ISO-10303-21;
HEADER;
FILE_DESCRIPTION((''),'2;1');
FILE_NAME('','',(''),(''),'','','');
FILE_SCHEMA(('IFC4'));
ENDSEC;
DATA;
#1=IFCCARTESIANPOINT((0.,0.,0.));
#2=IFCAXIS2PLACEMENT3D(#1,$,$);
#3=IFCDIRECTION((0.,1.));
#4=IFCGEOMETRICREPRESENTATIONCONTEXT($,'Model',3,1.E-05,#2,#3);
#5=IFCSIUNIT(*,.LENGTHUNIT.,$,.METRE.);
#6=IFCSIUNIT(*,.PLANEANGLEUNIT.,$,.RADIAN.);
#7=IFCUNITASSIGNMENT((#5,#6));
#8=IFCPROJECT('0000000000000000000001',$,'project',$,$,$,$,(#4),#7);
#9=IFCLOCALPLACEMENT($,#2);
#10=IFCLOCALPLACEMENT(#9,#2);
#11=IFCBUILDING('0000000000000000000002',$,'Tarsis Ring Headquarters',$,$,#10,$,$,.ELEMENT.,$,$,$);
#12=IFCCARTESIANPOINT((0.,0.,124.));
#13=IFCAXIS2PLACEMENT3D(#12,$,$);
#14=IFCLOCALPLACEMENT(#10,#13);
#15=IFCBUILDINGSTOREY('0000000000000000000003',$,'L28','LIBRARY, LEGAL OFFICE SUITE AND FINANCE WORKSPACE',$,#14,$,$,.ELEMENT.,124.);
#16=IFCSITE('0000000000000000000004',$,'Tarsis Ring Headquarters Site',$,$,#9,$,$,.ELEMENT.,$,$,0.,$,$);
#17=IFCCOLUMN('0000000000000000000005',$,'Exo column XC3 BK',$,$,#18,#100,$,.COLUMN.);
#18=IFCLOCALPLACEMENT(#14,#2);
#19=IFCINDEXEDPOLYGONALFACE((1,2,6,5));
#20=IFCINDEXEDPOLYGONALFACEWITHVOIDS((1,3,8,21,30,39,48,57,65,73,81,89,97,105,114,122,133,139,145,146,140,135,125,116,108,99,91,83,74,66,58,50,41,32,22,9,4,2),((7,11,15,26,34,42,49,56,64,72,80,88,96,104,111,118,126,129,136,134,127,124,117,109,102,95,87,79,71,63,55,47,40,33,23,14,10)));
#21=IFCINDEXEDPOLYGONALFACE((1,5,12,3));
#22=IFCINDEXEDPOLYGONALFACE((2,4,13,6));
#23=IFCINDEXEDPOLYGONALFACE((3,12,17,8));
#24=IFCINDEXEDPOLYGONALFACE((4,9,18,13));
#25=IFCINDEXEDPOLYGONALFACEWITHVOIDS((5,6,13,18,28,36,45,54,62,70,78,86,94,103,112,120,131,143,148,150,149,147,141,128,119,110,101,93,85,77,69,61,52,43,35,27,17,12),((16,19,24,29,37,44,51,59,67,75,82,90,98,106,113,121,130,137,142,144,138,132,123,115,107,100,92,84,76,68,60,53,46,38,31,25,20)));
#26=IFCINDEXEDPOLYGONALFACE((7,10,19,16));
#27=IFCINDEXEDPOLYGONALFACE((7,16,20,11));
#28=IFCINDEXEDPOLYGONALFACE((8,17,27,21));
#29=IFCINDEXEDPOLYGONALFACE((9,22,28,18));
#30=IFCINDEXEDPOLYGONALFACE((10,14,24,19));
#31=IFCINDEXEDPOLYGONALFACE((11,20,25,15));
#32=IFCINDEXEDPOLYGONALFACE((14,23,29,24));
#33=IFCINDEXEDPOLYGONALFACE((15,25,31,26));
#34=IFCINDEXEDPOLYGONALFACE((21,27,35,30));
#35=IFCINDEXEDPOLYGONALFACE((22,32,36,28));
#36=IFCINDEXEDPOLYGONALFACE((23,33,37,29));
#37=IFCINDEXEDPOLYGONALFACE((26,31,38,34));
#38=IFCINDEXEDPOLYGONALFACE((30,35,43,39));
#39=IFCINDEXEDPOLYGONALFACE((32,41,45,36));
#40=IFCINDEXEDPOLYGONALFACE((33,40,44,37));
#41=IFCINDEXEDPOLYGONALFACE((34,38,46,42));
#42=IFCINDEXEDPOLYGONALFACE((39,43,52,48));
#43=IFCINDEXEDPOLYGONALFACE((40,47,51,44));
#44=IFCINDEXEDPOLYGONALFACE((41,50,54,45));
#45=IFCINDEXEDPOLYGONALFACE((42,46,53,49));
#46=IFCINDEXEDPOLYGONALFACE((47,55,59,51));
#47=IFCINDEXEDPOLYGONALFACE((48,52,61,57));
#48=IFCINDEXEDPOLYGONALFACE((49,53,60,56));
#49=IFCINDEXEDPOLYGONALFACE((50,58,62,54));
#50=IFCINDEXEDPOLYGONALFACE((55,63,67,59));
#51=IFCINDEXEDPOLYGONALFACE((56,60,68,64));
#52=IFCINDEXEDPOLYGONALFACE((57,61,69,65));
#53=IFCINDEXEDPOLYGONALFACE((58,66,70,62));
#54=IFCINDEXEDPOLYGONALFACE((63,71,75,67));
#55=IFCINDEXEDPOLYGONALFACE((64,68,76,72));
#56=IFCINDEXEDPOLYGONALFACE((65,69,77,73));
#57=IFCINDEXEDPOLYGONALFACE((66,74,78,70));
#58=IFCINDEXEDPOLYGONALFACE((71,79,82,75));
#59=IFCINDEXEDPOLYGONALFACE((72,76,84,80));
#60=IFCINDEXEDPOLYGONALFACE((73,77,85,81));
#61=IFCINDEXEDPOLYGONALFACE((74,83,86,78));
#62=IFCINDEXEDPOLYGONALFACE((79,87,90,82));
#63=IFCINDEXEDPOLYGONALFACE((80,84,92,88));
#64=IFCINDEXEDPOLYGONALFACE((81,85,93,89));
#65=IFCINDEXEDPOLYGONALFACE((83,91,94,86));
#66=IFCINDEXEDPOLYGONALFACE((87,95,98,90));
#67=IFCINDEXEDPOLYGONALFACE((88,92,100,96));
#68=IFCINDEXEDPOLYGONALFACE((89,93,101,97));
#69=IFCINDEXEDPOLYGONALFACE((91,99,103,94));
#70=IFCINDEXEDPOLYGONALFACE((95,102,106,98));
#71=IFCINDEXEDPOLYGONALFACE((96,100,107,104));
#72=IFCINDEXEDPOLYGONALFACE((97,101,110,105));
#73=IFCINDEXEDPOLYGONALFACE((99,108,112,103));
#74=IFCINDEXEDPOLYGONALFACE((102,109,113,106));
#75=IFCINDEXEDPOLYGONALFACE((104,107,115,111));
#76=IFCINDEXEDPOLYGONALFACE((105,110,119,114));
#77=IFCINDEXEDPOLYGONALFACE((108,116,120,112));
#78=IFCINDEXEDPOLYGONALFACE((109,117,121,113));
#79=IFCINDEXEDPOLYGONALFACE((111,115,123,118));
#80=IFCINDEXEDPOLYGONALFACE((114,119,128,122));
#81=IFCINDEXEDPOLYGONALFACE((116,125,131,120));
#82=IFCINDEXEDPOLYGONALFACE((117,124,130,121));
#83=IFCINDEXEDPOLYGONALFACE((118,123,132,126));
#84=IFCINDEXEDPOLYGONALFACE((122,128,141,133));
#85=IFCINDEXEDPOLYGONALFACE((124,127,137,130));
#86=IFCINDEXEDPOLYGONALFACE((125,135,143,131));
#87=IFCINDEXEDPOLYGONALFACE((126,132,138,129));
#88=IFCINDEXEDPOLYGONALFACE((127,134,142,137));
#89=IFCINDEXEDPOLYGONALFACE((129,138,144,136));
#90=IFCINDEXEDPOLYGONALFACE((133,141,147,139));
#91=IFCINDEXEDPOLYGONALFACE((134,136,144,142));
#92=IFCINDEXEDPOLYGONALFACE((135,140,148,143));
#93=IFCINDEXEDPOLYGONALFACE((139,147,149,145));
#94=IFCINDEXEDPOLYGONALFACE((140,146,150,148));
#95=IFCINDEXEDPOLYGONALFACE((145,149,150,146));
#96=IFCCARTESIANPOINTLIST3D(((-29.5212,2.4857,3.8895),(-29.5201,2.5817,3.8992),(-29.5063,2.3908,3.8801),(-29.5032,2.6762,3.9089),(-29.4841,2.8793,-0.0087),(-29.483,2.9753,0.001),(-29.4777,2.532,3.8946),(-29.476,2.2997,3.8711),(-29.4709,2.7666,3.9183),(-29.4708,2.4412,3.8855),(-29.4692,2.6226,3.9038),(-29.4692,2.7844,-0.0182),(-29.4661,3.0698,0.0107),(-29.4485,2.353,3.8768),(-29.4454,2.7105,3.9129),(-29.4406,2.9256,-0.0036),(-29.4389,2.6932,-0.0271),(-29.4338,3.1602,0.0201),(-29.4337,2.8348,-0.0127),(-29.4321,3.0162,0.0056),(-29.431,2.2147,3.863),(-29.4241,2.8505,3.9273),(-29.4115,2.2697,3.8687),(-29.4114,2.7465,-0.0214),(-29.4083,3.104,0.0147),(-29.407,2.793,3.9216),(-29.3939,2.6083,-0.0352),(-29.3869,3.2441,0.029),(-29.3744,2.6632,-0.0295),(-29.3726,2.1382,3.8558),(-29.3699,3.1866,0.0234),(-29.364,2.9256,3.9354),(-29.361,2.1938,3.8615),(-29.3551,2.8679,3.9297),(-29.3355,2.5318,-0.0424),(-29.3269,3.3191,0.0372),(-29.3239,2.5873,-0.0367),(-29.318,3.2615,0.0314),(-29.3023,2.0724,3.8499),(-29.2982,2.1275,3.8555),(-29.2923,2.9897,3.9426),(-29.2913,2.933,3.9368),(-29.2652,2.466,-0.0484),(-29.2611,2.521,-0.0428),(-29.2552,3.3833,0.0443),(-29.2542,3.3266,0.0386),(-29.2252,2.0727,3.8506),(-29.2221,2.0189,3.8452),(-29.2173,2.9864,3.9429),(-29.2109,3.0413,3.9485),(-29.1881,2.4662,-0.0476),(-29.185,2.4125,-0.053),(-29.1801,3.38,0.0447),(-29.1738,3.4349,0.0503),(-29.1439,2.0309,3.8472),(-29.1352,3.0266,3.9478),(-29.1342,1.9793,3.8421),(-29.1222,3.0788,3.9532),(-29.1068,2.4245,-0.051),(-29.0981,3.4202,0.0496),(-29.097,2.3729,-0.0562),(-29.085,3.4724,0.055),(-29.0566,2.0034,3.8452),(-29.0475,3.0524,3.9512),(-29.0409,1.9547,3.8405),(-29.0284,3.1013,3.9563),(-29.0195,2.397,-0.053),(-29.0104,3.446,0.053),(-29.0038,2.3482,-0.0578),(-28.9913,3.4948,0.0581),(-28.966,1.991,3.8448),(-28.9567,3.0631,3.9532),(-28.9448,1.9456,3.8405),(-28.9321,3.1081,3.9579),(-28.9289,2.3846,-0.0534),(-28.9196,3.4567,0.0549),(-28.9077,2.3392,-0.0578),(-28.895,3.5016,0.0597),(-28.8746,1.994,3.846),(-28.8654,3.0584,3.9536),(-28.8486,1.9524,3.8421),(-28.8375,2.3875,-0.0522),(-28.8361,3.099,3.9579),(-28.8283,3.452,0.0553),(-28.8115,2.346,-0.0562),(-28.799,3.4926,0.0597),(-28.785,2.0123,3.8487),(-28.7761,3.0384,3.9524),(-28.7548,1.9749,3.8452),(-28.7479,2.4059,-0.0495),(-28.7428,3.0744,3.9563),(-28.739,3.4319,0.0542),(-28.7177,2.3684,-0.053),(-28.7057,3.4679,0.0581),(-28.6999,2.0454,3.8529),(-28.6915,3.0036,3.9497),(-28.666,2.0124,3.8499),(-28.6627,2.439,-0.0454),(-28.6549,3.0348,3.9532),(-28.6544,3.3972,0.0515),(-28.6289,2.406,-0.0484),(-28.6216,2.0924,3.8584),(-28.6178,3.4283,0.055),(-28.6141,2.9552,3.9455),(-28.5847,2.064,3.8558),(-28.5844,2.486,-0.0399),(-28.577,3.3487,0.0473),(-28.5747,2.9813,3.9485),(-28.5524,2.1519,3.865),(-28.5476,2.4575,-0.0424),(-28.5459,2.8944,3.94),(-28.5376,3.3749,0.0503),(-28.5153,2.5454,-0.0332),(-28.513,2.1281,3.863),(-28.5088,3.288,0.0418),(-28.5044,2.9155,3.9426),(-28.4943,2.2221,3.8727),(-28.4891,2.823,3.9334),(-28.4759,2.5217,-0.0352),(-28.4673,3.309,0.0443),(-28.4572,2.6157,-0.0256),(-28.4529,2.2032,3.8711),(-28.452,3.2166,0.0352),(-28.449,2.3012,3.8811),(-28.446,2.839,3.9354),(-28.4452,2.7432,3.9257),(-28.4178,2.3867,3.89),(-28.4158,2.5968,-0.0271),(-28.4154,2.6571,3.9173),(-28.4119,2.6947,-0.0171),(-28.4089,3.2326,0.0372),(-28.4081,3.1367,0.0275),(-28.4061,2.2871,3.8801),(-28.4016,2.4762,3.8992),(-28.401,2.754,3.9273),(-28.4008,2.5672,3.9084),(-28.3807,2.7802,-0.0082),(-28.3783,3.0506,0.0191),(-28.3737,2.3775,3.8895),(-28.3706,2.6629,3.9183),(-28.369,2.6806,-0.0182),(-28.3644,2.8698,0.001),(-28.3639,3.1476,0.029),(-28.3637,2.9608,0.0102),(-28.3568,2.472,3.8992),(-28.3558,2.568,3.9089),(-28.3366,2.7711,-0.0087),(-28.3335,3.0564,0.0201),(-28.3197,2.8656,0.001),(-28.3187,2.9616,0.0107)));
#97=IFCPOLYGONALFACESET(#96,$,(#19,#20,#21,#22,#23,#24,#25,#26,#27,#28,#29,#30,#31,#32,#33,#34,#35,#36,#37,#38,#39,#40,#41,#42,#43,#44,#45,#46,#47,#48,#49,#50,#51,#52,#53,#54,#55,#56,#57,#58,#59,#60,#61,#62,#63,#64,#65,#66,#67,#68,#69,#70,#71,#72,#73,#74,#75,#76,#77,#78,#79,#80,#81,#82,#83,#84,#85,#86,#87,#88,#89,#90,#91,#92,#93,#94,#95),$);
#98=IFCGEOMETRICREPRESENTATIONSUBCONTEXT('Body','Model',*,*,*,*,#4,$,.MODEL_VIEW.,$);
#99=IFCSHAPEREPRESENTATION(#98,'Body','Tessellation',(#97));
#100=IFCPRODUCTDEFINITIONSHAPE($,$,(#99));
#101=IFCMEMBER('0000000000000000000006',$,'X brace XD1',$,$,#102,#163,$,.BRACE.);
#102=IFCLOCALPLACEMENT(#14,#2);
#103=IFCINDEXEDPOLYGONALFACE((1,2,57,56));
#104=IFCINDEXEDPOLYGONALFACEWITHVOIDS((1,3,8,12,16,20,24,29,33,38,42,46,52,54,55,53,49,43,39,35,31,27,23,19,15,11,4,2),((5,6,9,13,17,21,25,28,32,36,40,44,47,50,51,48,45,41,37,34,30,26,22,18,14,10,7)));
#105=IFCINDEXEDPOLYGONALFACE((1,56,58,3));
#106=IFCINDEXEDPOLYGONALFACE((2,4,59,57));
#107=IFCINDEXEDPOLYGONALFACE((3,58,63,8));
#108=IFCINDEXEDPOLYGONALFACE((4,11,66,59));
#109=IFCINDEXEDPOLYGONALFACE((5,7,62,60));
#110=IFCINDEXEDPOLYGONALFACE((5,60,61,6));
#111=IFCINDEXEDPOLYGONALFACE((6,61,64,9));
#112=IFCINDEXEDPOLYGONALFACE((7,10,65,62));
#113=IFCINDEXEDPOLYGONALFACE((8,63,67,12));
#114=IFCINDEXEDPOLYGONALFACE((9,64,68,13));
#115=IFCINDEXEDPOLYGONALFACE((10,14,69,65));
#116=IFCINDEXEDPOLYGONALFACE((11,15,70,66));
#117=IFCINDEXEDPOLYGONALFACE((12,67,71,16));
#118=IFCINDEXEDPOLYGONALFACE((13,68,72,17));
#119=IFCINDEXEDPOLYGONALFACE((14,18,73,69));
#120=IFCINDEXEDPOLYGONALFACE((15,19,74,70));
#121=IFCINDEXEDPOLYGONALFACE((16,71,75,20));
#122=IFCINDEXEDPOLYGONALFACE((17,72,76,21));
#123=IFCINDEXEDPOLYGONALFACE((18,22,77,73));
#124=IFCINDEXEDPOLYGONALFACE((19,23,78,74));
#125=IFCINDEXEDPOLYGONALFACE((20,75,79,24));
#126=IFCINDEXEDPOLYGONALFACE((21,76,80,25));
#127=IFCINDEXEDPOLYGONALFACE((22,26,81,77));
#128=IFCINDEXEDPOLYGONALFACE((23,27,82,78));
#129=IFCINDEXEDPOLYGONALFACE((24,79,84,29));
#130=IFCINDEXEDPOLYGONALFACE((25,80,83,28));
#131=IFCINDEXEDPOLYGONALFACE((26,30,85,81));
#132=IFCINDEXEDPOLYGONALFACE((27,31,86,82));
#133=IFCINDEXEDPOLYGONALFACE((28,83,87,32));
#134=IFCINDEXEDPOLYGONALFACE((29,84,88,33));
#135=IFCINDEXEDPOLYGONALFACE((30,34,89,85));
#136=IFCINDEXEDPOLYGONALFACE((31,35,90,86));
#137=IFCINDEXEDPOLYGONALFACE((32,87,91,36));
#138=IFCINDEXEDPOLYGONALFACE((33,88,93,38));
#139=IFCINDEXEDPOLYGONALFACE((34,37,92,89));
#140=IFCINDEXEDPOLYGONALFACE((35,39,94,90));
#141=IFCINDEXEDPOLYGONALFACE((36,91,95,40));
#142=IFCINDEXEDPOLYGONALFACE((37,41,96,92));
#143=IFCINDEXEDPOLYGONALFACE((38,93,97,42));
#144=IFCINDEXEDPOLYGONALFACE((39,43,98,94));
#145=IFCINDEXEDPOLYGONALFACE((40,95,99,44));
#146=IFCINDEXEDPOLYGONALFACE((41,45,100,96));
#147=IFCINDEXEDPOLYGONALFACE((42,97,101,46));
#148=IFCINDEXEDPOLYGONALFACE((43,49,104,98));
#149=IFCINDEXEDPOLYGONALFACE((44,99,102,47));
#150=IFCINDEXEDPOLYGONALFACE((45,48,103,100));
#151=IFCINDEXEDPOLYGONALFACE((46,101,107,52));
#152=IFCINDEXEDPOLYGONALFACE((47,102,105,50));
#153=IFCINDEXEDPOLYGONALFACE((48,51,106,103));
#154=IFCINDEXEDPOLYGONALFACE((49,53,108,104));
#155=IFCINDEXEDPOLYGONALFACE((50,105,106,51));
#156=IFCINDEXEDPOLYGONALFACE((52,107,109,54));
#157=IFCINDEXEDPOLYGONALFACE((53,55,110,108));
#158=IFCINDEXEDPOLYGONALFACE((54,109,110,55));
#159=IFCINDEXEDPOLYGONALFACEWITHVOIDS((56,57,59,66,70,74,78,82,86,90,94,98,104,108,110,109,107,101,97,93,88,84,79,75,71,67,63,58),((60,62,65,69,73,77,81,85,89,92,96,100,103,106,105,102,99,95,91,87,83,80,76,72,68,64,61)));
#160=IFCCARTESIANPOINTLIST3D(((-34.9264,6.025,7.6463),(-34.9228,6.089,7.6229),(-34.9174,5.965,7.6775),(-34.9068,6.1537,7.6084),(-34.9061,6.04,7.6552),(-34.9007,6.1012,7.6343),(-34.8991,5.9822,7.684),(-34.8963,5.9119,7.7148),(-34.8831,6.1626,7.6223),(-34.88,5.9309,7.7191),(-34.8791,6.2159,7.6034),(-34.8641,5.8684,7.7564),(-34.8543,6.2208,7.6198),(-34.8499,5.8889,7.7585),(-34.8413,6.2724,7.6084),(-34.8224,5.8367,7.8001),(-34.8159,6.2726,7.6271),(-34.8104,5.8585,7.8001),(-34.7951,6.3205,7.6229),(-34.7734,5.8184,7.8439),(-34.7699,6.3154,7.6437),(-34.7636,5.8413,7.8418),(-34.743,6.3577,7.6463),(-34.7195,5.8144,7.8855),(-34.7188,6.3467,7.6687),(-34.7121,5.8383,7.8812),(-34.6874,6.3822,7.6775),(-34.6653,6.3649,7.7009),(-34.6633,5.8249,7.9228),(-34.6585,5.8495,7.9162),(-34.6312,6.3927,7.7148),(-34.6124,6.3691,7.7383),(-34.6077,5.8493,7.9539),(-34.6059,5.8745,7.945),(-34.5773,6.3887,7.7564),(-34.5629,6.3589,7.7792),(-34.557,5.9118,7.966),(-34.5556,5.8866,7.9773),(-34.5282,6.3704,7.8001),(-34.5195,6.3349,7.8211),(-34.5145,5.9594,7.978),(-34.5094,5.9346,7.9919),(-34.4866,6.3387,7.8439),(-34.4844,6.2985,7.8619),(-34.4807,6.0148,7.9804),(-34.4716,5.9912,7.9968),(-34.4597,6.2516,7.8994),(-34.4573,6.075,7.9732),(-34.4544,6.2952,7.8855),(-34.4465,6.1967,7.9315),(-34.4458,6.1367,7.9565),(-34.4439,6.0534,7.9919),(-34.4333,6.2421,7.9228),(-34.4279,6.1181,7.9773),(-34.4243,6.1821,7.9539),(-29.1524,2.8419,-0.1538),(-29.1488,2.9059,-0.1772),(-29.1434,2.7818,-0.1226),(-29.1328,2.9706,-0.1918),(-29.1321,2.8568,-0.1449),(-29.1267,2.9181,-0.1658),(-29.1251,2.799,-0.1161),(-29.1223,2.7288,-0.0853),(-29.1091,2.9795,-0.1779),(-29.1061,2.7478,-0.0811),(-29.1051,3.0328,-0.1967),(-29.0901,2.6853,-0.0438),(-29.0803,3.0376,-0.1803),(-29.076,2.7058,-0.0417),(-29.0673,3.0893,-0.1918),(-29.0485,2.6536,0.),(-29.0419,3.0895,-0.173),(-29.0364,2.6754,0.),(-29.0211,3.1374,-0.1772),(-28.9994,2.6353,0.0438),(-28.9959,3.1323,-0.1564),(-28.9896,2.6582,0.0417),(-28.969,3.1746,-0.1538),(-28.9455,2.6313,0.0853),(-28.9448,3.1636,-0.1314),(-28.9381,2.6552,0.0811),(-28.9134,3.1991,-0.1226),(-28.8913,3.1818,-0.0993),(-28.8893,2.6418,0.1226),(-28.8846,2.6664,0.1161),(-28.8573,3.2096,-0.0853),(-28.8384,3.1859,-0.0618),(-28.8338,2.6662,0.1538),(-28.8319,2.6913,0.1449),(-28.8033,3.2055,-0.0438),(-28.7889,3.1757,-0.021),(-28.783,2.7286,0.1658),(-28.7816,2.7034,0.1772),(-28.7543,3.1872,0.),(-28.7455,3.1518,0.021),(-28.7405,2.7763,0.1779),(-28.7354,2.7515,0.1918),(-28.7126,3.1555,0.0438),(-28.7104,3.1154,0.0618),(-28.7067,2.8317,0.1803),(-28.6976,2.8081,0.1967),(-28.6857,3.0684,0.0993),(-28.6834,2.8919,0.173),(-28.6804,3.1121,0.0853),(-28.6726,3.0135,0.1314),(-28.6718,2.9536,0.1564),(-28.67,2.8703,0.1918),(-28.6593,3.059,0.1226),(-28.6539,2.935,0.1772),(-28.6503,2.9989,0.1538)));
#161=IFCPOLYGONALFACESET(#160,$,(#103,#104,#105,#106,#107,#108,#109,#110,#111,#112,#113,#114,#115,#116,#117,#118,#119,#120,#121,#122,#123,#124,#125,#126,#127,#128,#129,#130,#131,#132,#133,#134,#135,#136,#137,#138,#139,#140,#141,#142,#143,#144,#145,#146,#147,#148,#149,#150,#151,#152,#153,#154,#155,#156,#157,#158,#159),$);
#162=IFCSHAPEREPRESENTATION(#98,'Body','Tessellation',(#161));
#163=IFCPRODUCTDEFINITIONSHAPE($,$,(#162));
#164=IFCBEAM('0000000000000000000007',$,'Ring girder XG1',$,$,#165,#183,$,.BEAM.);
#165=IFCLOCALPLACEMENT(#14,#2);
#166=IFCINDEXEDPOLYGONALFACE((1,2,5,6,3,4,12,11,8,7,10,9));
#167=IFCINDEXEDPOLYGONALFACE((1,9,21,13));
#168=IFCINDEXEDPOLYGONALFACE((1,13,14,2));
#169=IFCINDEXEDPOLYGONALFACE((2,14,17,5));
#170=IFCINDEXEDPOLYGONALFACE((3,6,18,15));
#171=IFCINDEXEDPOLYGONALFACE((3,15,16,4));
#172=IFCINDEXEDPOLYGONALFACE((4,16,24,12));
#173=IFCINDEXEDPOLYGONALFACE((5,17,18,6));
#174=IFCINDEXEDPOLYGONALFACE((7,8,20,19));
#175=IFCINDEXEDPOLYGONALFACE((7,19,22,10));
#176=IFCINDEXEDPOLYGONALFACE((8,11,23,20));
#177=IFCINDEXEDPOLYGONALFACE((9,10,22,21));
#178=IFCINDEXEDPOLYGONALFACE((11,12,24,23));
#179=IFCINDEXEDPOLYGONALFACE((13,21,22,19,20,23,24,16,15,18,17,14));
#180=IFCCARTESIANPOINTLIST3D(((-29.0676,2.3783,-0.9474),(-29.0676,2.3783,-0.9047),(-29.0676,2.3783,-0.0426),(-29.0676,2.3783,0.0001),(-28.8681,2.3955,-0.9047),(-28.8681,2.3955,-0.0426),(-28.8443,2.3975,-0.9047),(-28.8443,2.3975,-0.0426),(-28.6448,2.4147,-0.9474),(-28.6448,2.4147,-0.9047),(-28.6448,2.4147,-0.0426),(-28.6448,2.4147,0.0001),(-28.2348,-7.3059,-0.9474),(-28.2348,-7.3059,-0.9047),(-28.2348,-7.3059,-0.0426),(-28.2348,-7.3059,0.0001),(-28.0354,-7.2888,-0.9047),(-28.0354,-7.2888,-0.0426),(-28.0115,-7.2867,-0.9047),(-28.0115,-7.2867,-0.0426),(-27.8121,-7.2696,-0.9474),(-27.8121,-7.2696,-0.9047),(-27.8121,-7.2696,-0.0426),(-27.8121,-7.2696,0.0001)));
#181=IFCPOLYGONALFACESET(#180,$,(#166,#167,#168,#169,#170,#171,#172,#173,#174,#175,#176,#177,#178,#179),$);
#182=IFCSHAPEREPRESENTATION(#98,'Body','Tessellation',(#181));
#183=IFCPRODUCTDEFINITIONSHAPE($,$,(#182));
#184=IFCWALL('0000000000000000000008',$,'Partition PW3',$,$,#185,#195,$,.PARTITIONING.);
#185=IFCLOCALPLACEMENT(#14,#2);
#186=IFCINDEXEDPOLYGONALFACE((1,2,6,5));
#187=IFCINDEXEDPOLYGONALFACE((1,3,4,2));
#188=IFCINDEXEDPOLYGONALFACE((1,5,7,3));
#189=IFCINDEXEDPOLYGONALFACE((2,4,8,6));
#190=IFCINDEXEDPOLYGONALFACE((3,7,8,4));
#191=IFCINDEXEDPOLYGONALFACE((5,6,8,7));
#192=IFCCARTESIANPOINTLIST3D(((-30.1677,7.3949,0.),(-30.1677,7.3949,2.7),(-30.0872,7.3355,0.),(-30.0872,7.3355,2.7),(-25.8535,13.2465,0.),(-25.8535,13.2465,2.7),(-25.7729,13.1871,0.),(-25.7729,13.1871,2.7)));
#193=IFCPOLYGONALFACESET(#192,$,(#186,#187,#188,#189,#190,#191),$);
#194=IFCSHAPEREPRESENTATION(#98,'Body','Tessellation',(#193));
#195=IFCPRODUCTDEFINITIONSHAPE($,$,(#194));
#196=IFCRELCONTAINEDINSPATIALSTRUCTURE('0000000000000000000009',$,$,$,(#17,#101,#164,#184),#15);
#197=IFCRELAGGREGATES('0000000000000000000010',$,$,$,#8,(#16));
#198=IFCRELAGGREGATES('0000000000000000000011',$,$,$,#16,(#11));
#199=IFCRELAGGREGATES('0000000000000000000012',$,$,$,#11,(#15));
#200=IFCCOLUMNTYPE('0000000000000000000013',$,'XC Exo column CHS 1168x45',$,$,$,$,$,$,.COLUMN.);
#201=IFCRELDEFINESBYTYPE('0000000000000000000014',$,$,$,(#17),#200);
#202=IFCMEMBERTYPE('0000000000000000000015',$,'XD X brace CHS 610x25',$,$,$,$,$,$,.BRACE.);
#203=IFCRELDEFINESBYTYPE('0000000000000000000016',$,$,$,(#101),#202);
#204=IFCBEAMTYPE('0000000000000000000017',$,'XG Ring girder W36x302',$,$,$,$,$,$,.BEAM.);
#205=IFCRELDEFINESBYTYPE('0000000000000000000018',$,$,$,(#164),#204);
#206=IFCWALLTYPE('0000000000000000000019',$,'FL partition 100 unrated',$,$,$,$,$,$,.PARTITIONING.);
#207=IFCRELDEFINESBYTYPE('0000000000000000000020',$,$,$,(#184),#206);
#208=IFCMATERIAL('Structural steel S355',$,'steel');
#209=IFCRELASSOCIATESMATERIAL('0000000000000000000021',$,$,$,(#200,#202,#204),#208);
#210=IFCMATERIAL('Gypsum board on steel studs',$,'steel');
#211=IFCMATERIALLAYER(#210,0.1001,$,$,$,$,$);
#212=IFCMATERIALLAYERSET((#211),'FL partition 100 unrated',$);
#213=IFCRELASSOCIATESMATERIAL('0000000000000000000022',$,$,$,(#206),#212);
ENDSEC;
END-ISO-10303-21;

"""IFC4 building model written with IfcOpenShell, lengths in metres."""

from ifc_helpers import new_model, si_unit, direction, frame, frame_2d, origin, origin_2d, place, context, subcontext, project, spatial, rectangle, hollow_circle, i_section, extrude, material, layer, layer_set, material_profile, profile_set, type_object, element, save


model = new_model("IFC4")

# Units and contexts
model_context = context("Model", 3, precision=1e-05, world=origin(), true_north=direction((0.0, 1.0)))
body_context = subcontext(model_context, "Body", "Model", "MODEL_VIEW")
ifc_project = project(units=[si_unit("LENGTHUNIT", "METRE"), si_unit("PLANEANGLEUNIT", "RADIAN")], contexts=[model_context])

# Site, building, storey
site_placement = place(None, origin())
site = spatial("IfcSite", under=ifc_project, at=site_placement, Name="Tarsis Ring Headquarters Site", CompositionType="ELEMENT", RefElevation=0.0)
building_placement = place(site_placement, origin())
building = spatial("IfcBuilding", under=site, at=building_placement, Name="Tarsis Ring Headquarters", CompositionType="ELEMENT")
storey_placement = place(building_placement, frame((0.0, 0.0, 124.0)))
storey = spatial("IfcBuildingStorey", under=building, at=storey_placement, Name="L28", Description="LIBRARY, LEGAL OFFICE SUITE AND FINANCE WORKSPACE", CompositionType="ELEMENT", Elevation=124.0)

# Column
ifc_material_1 = material(Name="Structural steel S355", Category="steel")
ifc_material_profile_1 = material_profile(ifc_material_1, hollow_circle(Radius=0.5842, WallThickness=0.0449, at=origin_2d()), Name="CHS 1168x45")
ifc_profile_set_1 = profile_set([ifc_material_profile_1], Name="Structural steel S355")
column_type = type_object("IfcColumnType", Name="XC Exo column CHS 1168x45", PredefinedType="COLUMN", material=ifc_profile_set_1)
column_placement = place(storey_placement, frame((-28.9014, 2.9204, 0.001), z_axis=(-0.009471, -0.100443, 0.994898), x_axis=(0.995584, -0.093876, 0.0)))
element("IfcColumn", 1, at=column_placement, inside=storey, type_object=column_type, Name="Exo column XC3 BK", PredefinedType="COLUMN", context=body_context, shape_type="SweptSolid", body=[
    extrude(hollow_circle(Radius=0.5842, WallThickness=0.0449, at=origin_2d()), origin(), (0.0, 0.0, 1.0), 3.9182),
])

# Member
ifc_material_profile_2 = material_profile(ifc_material_1, hollow_circle(Radius=0.3047, WallThickness=0.0249, at=origin_2d()), Name="CHS 610x25")
ifc_profile_set_2 = profile_set([ifc_material_profile_2], Name="Structural steel S355")
member_type = type_object("IfcMemberType", Name="XD X brace CHS 610x25", PredefinedType="BRACE", material=ifc_profile_set_2)
member_placement = place(storey_placement, frame((-28.9014, 2.9204, 0.0), z_axis=(-0.565335, 0.311663, 0.763716), x_axis=(-0.482786, -0.875739, 0.0)))
element("IfcMember", 2, at=member_placement, inside=storey, type_object=member_type, Name="X brace XD1", PredefinedType="BRACE", context=body_context, shape_type="SweptSolid", body=[
    extrude(hollow_circle(Radius=0.3047, WallThickness=0.0249, at=origin_2d()), origin(), (0.0, 0.0, 1.0), 10.2134),
])

# Beam
ifc_material_profile_3 = material_profile(ifc_material_1, i_section(OverallWidth=0.4243, OverallDepth=0.9475, WebThickness=0.0239, FlangeThickness=0.0427, at=origin_2d()), Name="W36x302")
ifc_profile_set_3 = profile_set([ifc_material_profile_3], Name="Structural steel S355")
beam_type = type_object("IfcBeamType", Name="XG Ring girder W36x302", PredefinedType="BEAM", material=ifc_profile_set_3)
beam_placement = place(storey_placement, frame((-28.8562, 2.3965, -0.4736), z_axis=(0.085675, -0.996323, 0.0), x_axis=(0.996323, 0.085675, 0.0)))
element("IfcBeam", 3, at=beam_placement, inside=storey, type_object=beam_type, Name="Ring girder XG1", PredefinedType="BEAM", context=body_context, shape_type="SweptSolid", body=[
    extrude(i_section(OverallWidth=0.4243, OverallDepth=0.9475, WebThickness=0.0239, FlangeThickness=0.0427, at=origin_2d()), origin(), (0.0, 0.0, 1.0), 9.72),
])

# Wall
ifc_material_2 = material(Name="Gypsum board on steel studs", Category="steel")
ifc_layer_1 = layer(ifc_material_2, 0.1001)
ifc_layer_set_1 = layer_set([ifc_layer_1], Name="FL partition 100 unrated")
wall_type_1 = type_object("IfcWallType", Name="FL partition 100 unrated", PredefinedType="PARTITIONING", material=ifc_layer_set_1)
wall_1_placement = place(storey_placement, frame((-30.1274, 7.3652, 0.0), z_axis=(0.0, 0.0, 1.0), x_axis=(0.593425, 0.80489, 0.0)))
element("IfcWall", 4, at=wall_1_placement, inside=storey, type_object=wall_type_1, Name="Partition PW3", PredefinedType="PARTITIONING", context=body_context, shape_type="SweptSolid", body=[
    extrude(rectangle(XDim=7.27, YDim=0.1001, at=frame_2d((3.635, 0.0))), origin(), (0.0, 0.0, 1.0), 2.7),
])

save(model, "model.ifc")
